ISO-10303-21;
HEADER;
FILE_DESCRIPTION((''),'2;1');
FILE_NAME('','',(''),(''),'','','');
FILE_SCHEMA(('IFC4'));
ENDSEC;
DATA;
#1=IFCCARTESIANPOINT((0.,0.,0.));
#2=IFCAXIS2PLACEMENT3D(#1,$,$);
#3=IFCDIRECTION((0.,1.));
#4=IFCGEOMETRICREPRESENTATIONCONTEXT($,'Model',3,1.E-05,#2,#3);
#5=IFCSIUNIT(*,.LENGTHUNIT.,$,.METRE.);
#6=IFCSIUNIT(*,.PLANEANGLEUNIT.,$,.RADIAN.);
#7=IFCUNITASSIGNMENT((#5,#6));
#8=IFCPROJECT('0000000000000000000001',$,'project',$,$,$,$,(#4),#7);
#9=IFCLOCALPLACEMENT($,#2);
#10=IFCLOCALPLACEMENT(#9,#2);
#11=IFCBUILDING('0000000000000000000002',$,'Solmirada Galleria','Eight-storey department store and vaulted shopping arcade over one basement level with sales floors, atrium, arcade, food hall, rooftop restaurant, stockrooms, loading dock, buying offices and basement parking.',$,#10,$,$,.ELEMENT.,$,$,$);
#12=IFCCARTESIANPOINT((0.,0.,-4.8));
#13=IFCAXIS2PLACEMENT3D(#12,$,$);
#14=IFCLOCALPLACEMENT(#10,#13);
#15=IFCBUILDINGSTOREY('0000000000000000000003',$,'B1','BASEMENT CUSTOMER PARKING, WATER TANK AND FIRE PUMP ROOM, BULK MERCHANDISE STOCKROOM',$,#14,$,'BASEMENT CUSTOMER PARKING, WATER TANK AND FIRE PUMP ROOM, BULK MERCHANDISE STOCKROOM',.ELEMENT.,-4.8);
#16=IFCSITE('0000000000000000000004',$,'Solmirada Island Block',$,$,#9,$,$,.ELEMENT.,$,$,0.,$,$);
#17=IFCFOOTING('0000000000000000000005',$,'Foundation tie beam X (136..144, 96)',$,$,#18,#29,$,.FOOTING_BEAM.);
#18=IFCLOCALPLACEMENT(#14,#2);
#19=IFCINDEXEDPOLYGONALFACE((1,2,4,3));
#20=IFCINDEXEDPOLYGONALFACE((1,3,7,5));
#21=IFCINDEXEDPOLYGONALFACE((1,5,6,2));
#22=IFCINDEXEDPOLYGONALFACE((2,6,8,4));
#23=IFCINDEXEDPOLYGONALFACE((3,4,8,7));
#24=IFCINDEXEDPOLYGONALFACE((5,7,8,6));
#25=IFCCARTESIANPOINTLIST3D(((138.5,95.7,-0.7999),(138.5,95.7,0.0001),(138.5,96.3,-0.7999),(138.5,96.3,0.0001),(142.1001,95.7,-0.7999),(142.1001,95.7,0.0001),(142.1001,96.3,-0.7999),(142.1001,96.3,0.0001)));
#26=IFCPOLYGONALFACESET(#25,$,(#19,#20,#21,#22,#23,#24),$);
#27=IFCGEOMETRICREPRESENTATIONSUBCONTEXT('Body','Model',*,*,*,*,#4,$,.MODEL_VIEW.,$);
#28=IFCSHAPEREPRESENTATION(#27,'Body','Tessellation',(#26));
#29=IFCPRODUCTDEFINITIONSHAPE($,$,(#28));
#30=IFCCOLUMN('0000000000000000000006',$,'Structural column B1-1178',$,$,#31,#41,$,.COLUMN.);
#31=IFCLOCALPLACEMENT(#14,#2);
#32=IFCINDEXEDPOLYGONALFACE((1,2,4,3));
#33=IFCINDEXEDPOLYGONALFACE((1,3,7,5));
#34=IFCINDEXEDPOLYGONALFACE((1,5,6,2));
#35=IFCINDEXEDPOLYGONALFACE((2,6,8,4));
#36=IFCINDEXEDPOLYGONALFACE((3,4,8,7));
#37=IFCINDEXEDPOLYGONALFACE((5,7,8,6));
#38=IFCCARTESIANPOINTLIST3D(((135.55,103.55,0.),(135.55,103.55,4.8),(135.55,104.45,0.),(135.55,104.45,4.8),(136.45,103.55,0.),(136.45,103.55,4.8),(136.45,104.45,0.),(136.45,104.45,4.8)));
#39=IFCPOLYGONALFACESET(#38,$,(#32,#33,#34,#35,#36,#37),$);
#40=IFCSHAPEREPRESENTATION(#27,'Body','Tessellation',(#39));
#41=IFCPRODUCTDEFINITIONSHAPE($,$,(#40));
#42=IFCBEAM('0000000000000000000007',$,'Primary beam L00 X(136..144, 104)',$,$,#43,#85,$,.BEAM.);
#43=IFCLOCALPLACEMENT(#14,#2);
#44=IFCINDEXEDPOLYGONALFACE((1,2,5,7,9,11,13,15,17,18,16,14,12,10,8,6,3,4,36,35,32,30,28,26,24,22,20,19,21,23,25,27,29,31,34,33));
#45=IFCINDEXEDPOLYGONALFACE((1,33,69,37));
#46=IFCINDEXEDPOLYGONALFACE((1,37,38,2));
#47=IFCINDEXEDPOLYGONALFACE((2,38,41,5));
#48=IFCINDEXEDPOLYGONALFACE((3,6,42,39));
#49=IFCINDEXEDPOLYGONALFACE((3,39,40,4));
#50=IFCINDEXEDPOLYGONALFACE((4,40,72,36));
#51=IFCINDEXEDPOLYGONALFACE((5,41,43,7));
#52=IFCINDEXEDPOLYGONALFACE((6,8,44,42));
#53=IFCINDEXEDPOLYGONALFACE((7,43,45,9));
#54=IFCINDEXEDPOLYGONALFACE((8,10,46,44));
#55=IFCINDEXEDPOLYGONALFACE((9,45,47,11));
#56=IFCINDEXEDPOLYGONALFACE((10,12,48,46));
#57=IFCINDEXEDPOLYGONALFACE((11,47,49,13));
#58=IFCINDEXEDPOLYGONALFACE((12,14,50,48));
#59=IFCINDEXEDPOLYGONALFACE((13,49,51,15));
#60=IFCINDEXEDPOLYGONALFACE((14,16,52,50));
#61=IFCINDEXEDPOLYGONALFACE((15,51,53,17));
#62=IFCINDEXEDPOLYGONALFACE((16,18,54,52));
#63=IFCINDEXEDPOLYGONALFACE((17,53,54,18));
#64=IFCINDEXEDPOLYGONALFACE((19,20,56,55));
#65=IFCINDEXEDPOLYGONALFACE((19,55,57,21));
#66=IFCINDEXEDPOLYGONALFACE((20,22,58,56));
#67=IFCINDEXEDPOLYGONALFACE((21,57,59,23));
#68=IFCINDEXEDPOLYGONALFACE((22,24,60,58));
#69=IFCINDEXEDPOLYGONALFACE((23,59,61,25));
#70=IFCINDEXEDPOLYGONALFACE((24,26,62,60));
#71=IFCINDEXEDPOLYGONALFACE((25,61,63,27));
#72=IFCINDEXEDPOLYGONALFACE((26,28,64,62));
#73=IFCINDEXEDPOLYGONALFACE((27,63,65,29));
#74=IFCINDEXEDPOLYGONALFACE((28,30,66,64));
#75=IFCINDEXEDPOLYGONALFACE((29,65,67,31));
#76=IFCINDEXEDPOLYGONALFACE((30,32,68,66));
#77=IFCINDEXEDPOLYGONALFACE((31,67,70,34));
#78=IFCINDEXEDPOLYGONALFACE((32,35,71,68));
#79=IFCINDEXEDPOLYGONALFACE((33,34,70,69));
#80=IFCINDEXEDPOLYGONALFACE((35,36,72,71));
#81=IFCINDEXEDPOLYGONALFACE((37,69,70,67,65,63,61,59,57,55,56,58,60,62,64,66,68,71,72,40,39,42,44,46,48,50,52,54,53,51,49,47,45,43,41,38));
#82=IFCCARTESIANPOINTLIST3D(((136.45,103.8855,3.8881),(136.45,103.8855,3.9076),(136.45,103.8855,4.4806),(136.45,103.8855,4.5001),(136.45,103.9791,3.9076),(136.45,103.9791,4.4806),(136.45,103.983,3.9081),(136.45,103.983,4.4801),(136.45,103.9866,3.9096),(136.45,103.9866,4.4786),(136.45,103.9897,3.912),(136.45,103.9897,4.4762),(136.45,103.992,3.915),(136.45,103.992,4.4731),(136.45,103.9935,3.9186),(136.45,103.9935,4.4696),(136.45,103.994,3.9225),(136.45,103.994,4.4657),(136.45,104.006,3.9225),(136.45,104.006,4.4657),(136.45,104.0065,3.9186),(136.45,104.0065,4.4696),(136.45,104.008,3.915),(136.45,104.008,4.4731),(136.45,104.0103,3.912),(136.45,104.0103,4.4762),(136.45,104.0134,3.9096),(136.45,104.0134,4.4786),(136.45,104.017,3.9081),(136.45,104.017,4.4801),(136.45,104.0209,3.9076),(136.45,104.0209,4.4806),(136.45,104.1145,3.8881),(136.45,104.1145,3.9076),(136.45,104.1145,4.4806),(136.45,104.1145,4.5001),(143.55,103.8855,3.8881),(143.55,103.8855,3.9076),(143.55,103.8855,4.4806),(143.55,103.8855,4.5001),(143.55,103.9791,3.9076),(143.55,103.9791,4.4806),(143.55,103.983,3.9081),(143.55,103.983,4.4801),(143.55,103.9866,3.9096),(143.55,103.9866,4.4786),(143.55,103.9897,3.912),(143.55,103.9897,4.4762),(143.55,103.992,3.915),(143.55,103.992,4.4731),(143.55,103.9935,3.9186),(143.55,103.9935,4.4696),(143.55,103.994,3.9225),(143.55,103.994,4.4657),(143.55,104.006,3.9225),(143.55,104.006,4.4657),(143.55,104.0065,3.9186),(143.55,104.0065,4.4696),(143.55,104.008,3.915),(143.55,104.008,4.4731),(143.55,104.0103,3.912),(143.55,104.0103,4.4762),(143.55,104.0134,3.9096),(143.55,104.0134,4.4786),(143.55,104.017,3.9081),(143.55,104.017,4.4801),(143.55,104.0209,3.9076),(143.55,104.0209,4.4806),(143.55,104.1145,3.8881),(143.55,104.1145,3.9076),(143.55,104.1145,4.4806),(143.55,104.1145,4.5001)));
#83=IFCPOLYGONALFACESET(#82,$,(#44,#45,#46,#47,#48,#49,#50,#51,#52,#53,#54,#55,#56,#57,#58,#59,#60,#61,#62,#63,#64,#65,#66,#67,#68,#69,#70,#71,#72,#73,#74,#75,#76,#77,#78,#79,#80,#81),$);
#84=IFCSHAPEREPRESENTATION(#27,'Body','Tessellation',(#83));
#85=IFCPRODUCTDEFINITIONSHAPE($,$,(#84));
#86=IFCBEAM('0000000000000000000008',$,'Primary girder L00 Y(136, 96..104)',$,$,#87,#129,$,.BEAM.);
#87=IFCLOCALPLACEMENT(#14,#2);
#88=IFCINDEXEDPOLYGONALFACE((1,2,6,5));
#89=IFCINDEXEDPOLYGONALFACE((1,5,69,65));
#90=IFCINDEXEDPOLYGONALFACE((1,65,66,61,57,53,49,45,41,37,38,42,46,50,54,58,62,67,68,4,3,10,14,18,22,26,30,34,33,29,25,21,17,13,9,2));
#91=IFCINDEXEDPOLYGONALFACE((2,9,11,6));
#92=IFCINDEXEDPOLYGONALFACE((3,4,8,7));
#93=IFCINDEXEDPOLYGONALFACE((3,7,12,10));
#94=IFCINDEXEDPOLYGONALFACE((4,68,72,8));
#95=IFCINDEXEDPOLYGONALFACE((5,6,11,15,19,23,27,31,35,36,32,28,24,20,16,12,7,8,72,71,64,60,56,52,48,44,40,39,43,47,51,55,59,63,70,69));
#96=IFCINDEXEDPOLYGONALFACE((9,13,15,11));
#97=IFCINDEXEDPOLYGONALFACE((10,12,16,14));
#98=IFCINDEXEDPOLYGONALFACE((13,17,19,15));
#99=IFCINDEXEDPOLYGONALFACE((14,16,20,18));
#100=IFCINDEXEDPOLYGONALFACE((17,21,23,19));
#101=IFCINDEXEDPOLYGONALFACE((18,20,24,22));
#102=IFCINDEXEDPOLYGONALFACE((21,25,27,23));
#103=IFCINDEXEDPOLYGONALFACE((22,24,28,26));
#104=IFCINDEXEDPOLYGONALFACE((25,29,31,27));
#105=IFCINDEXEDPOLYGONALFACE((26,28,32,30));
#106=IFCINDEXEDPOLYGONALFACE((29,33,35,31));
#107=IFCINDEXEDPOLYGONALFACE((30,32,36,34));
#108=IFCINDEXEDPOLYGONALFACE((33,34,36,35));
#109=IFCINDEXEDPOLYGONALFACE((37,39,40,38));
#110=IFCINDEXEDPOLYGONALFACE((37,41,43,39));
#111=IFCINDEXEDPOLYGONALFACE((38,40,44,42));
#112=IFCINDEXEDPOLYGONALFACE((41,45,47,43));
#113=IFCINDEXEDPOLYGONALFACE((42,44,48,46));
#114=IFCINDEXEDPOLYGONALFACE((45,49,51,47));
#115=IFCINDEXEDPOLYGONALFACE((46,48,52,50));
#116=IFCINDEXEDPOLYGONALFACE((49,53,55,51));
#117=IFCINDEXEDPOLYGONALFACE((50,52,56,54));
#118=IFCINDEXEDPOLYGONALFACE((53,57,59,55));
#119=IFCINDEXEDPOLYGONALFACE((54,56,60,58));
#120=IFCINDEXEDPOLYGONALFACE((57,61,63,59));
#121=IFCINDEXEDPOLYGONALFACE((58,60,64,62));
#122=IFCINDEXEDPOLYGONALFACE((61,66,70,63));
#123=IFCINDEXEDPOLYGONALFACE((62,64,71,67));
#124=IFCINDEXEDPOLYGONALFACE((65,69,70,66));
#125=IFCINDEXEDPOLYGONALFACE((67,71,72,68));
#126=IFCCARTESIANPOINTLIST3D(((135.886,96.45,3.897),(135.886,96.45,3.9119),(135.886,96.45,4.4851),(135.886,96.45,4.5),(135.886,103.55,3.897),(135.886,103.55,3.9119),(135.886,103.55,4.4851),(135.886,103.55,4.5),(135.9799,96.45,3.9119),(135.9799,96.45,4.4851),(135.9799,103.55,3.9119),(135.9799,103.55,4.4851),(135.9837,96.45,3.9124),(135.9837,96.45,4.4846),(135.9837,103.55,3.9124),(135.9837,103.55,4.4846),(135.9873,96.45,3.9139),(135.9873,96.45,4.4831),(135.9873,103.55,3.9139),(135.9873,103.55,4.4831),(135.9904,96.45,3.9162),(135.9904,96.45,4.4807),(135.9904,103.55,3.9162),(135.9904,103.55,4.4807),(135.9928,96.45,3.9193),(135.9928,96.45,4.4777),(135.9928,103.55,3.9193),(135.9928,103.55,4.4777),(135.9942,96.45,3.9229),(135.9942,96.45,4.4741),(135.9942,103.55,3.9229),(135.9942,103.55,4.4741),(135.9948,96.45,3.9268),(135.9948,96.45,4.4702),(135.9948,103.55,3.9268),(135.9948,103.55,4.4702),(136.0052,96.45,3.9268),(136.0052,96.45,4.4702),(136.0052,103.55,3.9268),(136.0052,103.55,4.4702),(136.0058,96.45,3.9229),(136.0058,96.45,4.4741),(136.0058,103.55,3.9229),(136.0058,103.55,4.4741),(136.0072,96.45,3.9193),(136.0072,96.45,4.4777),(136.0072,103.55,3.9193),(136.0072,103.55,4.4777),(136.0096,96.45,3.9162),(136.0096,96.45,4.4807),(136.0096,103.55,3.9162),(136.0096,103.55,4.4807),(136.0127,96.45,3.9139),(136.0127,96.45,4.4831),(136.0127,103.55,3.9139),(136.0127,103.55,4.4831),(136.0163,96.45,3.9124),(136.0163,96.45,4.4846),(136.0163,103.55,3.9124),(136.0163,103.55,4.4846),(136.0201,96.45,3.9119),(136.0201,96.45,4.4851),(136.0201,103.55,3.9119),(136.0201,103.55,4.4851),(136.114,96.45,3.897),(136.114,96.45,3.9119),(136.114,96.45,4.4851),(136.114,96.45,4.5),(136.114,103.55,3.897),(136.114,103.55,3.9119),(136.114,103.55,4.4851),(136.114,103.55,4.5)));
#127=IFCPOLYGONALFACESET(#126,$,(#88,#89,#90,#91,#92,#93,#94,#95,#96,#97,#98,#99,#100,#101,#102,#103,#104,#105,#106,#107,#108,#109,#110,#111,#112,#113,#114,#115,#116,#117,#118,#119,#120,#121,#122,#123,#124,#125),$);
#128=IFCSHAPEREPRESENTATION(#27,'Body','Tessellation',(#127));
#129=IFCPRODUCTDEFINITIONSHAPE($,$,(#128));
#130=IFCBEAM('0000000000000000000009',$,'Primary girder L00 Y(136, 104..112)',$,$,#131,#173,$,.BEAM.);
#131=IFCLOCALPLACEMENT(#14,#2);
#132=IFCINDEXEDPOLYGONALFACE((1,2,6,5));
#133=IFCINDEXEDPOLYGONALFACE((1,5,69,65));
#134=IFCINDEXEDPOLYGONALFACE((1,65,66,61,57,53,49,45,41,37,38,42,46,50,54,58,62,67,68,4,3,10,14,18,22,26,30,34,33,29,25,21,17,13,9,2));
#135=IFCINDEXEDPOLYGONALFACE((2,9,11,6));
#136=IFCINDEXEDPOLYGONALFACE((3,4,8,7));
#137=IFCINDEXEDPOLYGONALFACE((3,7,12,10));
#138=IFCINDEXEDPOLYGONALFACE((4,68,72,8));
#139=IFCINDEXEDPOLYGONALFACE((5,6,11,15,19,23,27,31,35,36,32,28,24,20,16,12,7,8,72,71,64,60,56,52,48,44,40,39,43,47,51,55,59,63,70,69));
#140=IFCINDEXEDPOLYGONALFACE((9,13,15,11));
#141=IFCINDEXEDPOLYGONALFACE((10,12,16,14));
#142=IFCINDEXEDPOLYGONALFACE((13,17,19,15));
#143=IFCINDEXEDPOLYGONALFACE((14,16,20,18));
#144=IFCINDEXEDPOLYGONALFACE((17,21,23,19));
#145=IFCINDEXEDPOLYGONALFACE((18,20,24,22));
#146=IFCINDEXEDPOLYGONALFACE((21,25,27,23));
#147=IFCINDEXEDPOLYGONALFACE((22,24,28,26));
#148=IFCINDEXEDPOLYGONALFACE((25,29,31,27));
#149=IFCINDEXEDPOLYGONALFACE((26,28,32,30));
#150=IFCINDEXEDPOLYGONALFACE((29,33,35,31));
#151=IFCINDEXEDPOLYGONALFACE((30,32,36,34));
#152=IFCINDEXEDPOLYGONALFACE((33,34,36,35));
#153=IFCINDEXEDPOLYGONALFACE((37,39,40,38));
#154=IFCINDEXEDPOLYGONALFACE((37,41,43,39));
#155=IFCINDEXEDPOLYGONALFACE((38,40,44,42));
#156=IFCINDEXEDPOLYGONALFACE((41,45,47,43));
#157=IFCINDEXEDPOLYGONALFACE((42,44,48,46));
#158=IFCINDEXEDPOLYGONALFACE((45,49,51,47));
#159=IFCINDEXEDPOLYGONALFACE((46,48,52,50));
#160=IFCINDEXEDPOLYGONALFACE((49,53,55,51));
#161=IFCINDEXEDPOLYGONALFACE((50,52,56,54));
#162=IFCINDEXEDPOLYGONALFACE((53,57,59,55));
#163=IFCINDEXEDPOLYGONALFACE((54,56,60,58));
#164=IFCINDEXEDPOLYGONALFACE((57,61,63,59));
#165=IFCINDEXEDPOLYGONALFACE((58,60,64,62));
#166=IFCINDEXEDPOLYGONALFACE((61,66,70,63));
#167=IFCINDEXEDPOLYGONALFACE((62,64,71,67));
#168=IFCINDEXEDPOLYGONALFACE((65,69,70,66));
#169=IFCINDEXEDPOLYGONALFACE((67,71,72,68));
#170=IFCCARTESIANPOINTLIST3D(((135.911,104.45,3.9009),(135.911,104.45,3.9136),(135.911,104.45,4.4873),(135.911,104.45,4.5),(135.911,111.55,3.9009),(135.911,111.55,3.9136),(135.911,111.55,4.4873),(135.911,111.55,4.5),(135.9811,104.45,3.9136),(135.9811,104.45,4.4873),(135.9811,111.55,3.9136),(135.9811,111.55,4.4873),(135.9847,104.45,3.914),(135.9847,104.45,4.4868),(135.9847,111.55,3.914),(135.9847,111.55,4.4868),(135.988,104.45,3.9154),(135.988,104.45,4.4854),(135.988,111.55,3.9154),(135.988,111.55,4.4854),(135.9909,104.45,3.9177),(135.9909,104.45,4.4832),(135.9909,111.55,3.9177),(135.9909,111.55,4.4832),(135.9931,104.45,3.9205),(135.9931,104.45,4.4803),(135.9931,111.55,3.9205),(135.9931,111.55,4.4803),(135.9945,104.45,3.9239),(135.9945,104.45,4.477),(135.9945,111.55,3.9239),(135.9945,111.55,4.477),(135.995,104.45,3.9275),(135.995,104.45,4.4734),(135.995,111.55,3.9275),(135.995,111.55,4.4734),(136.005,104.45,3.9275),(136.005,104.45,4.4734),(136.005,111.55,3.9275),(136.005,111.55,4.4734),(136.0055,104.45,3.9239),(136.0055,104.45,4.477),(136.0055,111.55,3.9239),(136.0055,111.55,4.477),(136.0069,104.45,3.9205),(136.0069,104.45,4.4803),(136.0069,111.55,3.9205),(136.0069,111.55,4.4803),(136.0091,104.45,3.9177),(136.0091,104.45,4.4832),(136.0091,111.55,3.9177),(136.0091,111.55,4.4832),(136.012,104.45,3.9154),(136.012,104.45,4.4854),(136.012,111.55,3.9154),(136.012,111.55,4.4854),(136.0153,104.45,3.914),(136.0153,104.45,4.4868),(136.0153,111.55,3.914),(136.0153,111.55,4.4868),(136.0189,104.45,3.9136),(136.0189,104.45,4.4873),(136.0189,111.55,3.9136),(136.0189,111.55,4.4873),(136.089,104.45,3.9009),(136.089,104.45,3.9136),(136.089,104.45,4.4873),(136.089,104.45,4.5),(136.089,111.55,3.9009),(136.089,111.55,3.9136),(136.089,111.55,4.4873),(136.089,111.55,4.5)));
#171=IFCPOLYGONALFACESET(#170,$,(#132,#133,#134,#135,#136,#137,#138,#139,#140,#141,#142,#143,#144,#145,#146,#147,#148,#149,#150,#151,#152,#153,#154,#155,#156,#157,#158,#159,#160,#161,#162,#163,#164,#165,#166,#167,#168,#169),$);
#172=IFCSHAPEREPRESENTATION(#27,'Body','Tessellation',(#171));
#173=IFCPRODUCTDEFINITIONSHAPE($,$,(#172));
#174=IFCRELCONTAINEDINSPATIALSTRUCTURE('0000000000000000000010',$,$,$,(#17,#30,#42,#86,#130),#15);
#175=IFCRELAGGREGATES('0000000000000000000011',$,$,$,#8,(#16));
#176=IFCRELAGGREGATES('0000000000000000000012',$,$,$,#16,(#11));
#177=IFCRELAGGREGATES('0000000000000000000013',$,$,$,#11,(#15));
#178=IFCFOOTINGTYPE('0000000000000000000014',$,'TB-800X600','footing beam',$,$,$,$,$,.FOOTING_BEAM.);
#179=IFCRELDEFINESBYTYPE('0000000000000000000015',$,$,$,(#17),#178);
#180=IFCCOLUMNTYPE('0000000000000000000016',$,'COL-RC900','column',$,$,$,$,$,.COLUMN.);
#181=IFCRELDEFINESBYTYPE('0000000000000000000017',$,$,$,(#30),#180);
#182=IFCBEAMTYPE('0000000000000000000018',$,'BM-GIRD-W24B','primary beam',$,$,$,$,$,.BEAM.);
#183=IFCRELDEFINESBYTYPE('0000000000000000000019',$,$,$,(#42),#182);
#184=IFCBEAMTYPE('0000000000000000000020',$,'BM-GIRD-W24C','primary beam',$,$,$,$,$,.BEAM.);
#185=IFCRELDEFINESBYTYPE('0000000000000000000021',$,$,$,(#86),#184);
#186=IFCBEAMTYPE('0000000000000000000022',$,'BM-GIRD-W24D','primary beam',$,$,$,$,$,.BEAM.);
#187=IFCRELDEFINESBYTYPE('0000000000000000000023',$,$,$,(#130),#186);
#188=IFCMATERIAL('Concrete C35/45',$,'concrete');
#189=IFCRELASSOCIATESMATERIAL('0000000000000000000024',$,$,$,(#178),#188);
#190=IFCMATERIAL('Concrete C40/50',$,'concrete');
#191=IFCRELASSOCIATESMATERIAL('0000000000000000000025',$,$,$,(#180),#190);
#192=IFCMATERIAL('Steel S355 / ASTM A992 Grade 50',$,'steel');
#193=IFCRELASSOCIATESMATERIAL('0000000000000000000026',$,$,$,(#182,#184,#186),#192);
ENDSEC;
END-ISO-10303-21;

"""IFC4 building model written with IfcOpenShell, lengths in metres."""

from ifc_helpers import new_model, si_unit, direction, frame, origin, origin_2d, place, context, subcontext, project, spatial, rectangle, i_section, extrude, material, material_profile, profile_set, type_object, element, save


model = new_model("IFC4")

# Units and contexts
model_context = context("Model", 3, precision=1e-05, world=origin(), true_north=direction((0.0, 1.0)))
body_context = subcontext(model_context, "Body", "Model", "MODEL_VIEW")
ifc_project = project(units=[si_unit("LENGTHUNIT", "METRE"), si_unit("PLANEANGLEUNIT", "RADIAN")], contexts=[model_context])

# Site, building, storey
site_placement = place(None, origin())
site = spatial("IfcSite", under=ifc_project, at=site_placement, Name="Solmirada Island Block", CompositionType="ELEMENT", RefElevation=0.0)
building_placement = place(site_placement, origin())
building = spatial("IfcBuilding", under=site, at=building_placement, Name="Solmirada Galleria", Description="Eight-storey department store and vaulted shopping arcade over one basement level with sales floors, atrium, arcade, food hall, rooftop restaurant, stockrooms, loading dock, buying offices and basement parking.", CompositionType="ELEMENT")
storey_placement = place(building_placement, frame((0.0, 0.0, -4.8)))
storey = spatial("IfcBuildingStorey", under=building, at=storey_placement, Name="B1", Description="BASEMENT CUSTOMER PARKING, WATER TANK AND FIRE PUMP ROOM, BULK MERCHANDISE STOCKROOM", LongName="BASEMENT CUSTOMER PARKING, WATER TANK AND FIRE PUMP ROOM, BULK MERCHANDISE STOCKROOM", CompositionType="ELEMENT", Elevation=-4.8)

# Shared definitions
ifc_material_1 = material(Name="Concrete C40/50", Category="concrete")

# Footing
ifc_material_2 = material(Name="Concrete C35/45", Category="concrete")
ifc_material_profile_1 = material_profile(ifc_material_2, rectangle(XDim=0.6001, YDim=0.8, at=origin_2d()), Name="RC800X600")
ifc_profile_set_1 = profile_set([ifc_material_profile_1], Name="Concrete C35/45")
footing_type = type_object("IfcFootingType", Name="TB-800X600", Description="footing beam", PredefinedType="FOOTING_BEAM", material=ifc_profile_set_1)
footing_placement = place(storey_placement, frame((138.5, 96.0, -0.3999), z_axis=(1.0, 0.0, 0.0), x_axis=(0.0, 1.0, 0.0)))
element("IfcFooting", 1, at=footing_placement, inside=storey, type_object=footing_type, Name="Foundation tie beam X (136..144, 96)", PredefinedType="FOOTING_BEAM", context=body_context, shape_type="SweptSolid", body=[
    extrude(rectangle(XDim=0.6001, YDim=0.8, at=origin_2d()), origin(), (0.0, 0.0, 1.0), 3.6001),
])

# Column
ifc_material_profile_2 = material_profile(ifc_material_1, rectangle(XDim=0.8999, YDim=0.8999, at=origin_2d()), Name="RC900X900")
ifc_profile_set_2 = profile_set([ifc_material_profile_2], Name="Concrete C40/50")
column_type = type_object("IfcColumnType", Name="COL-RC900", Description="column", PredefinedType="COLUMN", material=ifc_profile_set_2)
column_placement = place(storey_placement, frame((136.0, 104.0, 0.0), z_axis=(0.0, 0.0, 1.0), x_axis=(1.0, 0.0, 0.0)))
element("IfcColumn", 2, at=column_placement, inside=storey, type_object=column_type, Name="Structural column B1-1178", PredefinedType="COLUMN", context=body_context, shape_type="SweptSolid", body=[
    extrude(rectangle(XDim=0.8999, YDim=0.8999, at=origin_2d()), origin(), (0.0, 0.0, 1.0), 4.8),
])

# Beams
ifc_material_3 = material(Name="Steel S355 / ASTM A992 Grade 50", Category="steel")
ifc_material_profile_3 = material_profile(ifc_material_3, i_section(OverallWidth=0.229, OverallDepth=0.6121, WebThickness=0.012, FlangeThickness=0.0195, FilletRadius=0.0149, at=origin_2d()), Name="W24X84")
ifc_profile_set_3 = profile_set([ifc_material_profile_3], Name="Steel S355 / ASTM A992 Grade 50")
beam_type_1 = type_object("IfcBeamType", Name="BM-GIRD-W24B", Description="primary beam", PredefinedType="BEAM", material=ifc_profile_set_3)
beam_1_placement = place(storey_placement, frame((136.45, 104.0, 4.1941), z_axis=(1.0, 0.0, 0.0), x_axis=(0.0, 1.0, 0.0)))
element("IfcBeam", 3, at=beam_1_placement, inside=storey, type_object=beam_type_1, Name="Primary beam L00 X(136..144, 104)", PredefinedType="BEAM", context=body_context, shape_type="SweptSolid", body=[
    extrude(i_section(OverallWidth=0.229, OverallDepth=0.6121, WebThickness=0.012, FlangeThickness=0.0195, FilletRadius=0.0149, at=origin_2d()), origin(), (0.0, 0.0, 1.0), 7.1001),
])
ifc_material_profile_4 = material_profile(ifc_material_3, i_section(OverallWidth=0.228, OverallDepth=0.603, WebThickness=0.0105, FlangeThickness=0.0149, FilletRadius=0.0149, at=origin_2d()), Name="W24X68")
ifc_profile_set_4 = profile_set([ifc_material_profile_4], Name="Steel S355 / ASTM A992 Grade 50")
beam_type_2 = type_object("IfcBeamType", Name="BM-GIRD-W24C", Description="primary beam", PredefinedType="BEAM", material=ifc_profile_set_4)
beam_2_placement = place(storey_placement, frame((136.0, 96.45, 4.1985), z_axis=(0.0, 1.0, 0.0), x_axis=(-1.0, 0.0, 0.0)))
element("IfcBeam", 4, at=beam_2_placement, inside=storey, type_object=beam_type_2, Name="Primary girder L00 Y(136, 96..104)", PredefinedType="BEAM", context=body_context, shape_type="SweptSolid", body=[
    extrude(i_section(OverallWidth=0.228, OverallDepth=0.603, WebThickness=0.0105, FlangeThickness=0.0149, FilletRadius=0.0149, at=origin_2d()), origin(), (0.0, 0.0, 1.0), 7.1001),
])
ifc_material_profile_5 = material_profile(ifc_material_3, i_section(OverallWidth=0.178, OverallDepth=0.5991, WebThickness=0.01, FlangeThickness=0.0127, FilletRadius=0.0139, at=origin_2d()), Name="W24X55")
ifc_profile_set_5 = profile_set([ifc_material_profile_5], Name="Steel S355 / ASTM A992 Grade 50")
beam_type_3 = type_object("IfcBeamType", Name="BM-GIRD-W24D", Description="primary beam", PredefinedType="BEAM", material=ifc_profile_set_5)
beam_3_placement = place(storey_placement, frame((136.0, 104.45, 4.2004), z_axis=(0.0, 1.0, 0.0), x_axis=(-1.0, 0.0, 0.0)))
element("IfcBeam", 5, at=beam_3_placement, inside=storey, type_object=beam_type_3, Name="Primary girder L00 Y(136, 104..112)", PredefinedType="BEAM", context=body_context, shape_type="SweptSolid", body=[
    extrude(i_section(OverallWidth=0.178, OverallDepth=0.5991, WebThickness=0.01, FlangeThickness=0.0127, FilletRadius=0.0139, at=origin_2d()), origin(), (0.0, 0.0, 1.0), 7.1001),
])

save(model, "model.ifc")
